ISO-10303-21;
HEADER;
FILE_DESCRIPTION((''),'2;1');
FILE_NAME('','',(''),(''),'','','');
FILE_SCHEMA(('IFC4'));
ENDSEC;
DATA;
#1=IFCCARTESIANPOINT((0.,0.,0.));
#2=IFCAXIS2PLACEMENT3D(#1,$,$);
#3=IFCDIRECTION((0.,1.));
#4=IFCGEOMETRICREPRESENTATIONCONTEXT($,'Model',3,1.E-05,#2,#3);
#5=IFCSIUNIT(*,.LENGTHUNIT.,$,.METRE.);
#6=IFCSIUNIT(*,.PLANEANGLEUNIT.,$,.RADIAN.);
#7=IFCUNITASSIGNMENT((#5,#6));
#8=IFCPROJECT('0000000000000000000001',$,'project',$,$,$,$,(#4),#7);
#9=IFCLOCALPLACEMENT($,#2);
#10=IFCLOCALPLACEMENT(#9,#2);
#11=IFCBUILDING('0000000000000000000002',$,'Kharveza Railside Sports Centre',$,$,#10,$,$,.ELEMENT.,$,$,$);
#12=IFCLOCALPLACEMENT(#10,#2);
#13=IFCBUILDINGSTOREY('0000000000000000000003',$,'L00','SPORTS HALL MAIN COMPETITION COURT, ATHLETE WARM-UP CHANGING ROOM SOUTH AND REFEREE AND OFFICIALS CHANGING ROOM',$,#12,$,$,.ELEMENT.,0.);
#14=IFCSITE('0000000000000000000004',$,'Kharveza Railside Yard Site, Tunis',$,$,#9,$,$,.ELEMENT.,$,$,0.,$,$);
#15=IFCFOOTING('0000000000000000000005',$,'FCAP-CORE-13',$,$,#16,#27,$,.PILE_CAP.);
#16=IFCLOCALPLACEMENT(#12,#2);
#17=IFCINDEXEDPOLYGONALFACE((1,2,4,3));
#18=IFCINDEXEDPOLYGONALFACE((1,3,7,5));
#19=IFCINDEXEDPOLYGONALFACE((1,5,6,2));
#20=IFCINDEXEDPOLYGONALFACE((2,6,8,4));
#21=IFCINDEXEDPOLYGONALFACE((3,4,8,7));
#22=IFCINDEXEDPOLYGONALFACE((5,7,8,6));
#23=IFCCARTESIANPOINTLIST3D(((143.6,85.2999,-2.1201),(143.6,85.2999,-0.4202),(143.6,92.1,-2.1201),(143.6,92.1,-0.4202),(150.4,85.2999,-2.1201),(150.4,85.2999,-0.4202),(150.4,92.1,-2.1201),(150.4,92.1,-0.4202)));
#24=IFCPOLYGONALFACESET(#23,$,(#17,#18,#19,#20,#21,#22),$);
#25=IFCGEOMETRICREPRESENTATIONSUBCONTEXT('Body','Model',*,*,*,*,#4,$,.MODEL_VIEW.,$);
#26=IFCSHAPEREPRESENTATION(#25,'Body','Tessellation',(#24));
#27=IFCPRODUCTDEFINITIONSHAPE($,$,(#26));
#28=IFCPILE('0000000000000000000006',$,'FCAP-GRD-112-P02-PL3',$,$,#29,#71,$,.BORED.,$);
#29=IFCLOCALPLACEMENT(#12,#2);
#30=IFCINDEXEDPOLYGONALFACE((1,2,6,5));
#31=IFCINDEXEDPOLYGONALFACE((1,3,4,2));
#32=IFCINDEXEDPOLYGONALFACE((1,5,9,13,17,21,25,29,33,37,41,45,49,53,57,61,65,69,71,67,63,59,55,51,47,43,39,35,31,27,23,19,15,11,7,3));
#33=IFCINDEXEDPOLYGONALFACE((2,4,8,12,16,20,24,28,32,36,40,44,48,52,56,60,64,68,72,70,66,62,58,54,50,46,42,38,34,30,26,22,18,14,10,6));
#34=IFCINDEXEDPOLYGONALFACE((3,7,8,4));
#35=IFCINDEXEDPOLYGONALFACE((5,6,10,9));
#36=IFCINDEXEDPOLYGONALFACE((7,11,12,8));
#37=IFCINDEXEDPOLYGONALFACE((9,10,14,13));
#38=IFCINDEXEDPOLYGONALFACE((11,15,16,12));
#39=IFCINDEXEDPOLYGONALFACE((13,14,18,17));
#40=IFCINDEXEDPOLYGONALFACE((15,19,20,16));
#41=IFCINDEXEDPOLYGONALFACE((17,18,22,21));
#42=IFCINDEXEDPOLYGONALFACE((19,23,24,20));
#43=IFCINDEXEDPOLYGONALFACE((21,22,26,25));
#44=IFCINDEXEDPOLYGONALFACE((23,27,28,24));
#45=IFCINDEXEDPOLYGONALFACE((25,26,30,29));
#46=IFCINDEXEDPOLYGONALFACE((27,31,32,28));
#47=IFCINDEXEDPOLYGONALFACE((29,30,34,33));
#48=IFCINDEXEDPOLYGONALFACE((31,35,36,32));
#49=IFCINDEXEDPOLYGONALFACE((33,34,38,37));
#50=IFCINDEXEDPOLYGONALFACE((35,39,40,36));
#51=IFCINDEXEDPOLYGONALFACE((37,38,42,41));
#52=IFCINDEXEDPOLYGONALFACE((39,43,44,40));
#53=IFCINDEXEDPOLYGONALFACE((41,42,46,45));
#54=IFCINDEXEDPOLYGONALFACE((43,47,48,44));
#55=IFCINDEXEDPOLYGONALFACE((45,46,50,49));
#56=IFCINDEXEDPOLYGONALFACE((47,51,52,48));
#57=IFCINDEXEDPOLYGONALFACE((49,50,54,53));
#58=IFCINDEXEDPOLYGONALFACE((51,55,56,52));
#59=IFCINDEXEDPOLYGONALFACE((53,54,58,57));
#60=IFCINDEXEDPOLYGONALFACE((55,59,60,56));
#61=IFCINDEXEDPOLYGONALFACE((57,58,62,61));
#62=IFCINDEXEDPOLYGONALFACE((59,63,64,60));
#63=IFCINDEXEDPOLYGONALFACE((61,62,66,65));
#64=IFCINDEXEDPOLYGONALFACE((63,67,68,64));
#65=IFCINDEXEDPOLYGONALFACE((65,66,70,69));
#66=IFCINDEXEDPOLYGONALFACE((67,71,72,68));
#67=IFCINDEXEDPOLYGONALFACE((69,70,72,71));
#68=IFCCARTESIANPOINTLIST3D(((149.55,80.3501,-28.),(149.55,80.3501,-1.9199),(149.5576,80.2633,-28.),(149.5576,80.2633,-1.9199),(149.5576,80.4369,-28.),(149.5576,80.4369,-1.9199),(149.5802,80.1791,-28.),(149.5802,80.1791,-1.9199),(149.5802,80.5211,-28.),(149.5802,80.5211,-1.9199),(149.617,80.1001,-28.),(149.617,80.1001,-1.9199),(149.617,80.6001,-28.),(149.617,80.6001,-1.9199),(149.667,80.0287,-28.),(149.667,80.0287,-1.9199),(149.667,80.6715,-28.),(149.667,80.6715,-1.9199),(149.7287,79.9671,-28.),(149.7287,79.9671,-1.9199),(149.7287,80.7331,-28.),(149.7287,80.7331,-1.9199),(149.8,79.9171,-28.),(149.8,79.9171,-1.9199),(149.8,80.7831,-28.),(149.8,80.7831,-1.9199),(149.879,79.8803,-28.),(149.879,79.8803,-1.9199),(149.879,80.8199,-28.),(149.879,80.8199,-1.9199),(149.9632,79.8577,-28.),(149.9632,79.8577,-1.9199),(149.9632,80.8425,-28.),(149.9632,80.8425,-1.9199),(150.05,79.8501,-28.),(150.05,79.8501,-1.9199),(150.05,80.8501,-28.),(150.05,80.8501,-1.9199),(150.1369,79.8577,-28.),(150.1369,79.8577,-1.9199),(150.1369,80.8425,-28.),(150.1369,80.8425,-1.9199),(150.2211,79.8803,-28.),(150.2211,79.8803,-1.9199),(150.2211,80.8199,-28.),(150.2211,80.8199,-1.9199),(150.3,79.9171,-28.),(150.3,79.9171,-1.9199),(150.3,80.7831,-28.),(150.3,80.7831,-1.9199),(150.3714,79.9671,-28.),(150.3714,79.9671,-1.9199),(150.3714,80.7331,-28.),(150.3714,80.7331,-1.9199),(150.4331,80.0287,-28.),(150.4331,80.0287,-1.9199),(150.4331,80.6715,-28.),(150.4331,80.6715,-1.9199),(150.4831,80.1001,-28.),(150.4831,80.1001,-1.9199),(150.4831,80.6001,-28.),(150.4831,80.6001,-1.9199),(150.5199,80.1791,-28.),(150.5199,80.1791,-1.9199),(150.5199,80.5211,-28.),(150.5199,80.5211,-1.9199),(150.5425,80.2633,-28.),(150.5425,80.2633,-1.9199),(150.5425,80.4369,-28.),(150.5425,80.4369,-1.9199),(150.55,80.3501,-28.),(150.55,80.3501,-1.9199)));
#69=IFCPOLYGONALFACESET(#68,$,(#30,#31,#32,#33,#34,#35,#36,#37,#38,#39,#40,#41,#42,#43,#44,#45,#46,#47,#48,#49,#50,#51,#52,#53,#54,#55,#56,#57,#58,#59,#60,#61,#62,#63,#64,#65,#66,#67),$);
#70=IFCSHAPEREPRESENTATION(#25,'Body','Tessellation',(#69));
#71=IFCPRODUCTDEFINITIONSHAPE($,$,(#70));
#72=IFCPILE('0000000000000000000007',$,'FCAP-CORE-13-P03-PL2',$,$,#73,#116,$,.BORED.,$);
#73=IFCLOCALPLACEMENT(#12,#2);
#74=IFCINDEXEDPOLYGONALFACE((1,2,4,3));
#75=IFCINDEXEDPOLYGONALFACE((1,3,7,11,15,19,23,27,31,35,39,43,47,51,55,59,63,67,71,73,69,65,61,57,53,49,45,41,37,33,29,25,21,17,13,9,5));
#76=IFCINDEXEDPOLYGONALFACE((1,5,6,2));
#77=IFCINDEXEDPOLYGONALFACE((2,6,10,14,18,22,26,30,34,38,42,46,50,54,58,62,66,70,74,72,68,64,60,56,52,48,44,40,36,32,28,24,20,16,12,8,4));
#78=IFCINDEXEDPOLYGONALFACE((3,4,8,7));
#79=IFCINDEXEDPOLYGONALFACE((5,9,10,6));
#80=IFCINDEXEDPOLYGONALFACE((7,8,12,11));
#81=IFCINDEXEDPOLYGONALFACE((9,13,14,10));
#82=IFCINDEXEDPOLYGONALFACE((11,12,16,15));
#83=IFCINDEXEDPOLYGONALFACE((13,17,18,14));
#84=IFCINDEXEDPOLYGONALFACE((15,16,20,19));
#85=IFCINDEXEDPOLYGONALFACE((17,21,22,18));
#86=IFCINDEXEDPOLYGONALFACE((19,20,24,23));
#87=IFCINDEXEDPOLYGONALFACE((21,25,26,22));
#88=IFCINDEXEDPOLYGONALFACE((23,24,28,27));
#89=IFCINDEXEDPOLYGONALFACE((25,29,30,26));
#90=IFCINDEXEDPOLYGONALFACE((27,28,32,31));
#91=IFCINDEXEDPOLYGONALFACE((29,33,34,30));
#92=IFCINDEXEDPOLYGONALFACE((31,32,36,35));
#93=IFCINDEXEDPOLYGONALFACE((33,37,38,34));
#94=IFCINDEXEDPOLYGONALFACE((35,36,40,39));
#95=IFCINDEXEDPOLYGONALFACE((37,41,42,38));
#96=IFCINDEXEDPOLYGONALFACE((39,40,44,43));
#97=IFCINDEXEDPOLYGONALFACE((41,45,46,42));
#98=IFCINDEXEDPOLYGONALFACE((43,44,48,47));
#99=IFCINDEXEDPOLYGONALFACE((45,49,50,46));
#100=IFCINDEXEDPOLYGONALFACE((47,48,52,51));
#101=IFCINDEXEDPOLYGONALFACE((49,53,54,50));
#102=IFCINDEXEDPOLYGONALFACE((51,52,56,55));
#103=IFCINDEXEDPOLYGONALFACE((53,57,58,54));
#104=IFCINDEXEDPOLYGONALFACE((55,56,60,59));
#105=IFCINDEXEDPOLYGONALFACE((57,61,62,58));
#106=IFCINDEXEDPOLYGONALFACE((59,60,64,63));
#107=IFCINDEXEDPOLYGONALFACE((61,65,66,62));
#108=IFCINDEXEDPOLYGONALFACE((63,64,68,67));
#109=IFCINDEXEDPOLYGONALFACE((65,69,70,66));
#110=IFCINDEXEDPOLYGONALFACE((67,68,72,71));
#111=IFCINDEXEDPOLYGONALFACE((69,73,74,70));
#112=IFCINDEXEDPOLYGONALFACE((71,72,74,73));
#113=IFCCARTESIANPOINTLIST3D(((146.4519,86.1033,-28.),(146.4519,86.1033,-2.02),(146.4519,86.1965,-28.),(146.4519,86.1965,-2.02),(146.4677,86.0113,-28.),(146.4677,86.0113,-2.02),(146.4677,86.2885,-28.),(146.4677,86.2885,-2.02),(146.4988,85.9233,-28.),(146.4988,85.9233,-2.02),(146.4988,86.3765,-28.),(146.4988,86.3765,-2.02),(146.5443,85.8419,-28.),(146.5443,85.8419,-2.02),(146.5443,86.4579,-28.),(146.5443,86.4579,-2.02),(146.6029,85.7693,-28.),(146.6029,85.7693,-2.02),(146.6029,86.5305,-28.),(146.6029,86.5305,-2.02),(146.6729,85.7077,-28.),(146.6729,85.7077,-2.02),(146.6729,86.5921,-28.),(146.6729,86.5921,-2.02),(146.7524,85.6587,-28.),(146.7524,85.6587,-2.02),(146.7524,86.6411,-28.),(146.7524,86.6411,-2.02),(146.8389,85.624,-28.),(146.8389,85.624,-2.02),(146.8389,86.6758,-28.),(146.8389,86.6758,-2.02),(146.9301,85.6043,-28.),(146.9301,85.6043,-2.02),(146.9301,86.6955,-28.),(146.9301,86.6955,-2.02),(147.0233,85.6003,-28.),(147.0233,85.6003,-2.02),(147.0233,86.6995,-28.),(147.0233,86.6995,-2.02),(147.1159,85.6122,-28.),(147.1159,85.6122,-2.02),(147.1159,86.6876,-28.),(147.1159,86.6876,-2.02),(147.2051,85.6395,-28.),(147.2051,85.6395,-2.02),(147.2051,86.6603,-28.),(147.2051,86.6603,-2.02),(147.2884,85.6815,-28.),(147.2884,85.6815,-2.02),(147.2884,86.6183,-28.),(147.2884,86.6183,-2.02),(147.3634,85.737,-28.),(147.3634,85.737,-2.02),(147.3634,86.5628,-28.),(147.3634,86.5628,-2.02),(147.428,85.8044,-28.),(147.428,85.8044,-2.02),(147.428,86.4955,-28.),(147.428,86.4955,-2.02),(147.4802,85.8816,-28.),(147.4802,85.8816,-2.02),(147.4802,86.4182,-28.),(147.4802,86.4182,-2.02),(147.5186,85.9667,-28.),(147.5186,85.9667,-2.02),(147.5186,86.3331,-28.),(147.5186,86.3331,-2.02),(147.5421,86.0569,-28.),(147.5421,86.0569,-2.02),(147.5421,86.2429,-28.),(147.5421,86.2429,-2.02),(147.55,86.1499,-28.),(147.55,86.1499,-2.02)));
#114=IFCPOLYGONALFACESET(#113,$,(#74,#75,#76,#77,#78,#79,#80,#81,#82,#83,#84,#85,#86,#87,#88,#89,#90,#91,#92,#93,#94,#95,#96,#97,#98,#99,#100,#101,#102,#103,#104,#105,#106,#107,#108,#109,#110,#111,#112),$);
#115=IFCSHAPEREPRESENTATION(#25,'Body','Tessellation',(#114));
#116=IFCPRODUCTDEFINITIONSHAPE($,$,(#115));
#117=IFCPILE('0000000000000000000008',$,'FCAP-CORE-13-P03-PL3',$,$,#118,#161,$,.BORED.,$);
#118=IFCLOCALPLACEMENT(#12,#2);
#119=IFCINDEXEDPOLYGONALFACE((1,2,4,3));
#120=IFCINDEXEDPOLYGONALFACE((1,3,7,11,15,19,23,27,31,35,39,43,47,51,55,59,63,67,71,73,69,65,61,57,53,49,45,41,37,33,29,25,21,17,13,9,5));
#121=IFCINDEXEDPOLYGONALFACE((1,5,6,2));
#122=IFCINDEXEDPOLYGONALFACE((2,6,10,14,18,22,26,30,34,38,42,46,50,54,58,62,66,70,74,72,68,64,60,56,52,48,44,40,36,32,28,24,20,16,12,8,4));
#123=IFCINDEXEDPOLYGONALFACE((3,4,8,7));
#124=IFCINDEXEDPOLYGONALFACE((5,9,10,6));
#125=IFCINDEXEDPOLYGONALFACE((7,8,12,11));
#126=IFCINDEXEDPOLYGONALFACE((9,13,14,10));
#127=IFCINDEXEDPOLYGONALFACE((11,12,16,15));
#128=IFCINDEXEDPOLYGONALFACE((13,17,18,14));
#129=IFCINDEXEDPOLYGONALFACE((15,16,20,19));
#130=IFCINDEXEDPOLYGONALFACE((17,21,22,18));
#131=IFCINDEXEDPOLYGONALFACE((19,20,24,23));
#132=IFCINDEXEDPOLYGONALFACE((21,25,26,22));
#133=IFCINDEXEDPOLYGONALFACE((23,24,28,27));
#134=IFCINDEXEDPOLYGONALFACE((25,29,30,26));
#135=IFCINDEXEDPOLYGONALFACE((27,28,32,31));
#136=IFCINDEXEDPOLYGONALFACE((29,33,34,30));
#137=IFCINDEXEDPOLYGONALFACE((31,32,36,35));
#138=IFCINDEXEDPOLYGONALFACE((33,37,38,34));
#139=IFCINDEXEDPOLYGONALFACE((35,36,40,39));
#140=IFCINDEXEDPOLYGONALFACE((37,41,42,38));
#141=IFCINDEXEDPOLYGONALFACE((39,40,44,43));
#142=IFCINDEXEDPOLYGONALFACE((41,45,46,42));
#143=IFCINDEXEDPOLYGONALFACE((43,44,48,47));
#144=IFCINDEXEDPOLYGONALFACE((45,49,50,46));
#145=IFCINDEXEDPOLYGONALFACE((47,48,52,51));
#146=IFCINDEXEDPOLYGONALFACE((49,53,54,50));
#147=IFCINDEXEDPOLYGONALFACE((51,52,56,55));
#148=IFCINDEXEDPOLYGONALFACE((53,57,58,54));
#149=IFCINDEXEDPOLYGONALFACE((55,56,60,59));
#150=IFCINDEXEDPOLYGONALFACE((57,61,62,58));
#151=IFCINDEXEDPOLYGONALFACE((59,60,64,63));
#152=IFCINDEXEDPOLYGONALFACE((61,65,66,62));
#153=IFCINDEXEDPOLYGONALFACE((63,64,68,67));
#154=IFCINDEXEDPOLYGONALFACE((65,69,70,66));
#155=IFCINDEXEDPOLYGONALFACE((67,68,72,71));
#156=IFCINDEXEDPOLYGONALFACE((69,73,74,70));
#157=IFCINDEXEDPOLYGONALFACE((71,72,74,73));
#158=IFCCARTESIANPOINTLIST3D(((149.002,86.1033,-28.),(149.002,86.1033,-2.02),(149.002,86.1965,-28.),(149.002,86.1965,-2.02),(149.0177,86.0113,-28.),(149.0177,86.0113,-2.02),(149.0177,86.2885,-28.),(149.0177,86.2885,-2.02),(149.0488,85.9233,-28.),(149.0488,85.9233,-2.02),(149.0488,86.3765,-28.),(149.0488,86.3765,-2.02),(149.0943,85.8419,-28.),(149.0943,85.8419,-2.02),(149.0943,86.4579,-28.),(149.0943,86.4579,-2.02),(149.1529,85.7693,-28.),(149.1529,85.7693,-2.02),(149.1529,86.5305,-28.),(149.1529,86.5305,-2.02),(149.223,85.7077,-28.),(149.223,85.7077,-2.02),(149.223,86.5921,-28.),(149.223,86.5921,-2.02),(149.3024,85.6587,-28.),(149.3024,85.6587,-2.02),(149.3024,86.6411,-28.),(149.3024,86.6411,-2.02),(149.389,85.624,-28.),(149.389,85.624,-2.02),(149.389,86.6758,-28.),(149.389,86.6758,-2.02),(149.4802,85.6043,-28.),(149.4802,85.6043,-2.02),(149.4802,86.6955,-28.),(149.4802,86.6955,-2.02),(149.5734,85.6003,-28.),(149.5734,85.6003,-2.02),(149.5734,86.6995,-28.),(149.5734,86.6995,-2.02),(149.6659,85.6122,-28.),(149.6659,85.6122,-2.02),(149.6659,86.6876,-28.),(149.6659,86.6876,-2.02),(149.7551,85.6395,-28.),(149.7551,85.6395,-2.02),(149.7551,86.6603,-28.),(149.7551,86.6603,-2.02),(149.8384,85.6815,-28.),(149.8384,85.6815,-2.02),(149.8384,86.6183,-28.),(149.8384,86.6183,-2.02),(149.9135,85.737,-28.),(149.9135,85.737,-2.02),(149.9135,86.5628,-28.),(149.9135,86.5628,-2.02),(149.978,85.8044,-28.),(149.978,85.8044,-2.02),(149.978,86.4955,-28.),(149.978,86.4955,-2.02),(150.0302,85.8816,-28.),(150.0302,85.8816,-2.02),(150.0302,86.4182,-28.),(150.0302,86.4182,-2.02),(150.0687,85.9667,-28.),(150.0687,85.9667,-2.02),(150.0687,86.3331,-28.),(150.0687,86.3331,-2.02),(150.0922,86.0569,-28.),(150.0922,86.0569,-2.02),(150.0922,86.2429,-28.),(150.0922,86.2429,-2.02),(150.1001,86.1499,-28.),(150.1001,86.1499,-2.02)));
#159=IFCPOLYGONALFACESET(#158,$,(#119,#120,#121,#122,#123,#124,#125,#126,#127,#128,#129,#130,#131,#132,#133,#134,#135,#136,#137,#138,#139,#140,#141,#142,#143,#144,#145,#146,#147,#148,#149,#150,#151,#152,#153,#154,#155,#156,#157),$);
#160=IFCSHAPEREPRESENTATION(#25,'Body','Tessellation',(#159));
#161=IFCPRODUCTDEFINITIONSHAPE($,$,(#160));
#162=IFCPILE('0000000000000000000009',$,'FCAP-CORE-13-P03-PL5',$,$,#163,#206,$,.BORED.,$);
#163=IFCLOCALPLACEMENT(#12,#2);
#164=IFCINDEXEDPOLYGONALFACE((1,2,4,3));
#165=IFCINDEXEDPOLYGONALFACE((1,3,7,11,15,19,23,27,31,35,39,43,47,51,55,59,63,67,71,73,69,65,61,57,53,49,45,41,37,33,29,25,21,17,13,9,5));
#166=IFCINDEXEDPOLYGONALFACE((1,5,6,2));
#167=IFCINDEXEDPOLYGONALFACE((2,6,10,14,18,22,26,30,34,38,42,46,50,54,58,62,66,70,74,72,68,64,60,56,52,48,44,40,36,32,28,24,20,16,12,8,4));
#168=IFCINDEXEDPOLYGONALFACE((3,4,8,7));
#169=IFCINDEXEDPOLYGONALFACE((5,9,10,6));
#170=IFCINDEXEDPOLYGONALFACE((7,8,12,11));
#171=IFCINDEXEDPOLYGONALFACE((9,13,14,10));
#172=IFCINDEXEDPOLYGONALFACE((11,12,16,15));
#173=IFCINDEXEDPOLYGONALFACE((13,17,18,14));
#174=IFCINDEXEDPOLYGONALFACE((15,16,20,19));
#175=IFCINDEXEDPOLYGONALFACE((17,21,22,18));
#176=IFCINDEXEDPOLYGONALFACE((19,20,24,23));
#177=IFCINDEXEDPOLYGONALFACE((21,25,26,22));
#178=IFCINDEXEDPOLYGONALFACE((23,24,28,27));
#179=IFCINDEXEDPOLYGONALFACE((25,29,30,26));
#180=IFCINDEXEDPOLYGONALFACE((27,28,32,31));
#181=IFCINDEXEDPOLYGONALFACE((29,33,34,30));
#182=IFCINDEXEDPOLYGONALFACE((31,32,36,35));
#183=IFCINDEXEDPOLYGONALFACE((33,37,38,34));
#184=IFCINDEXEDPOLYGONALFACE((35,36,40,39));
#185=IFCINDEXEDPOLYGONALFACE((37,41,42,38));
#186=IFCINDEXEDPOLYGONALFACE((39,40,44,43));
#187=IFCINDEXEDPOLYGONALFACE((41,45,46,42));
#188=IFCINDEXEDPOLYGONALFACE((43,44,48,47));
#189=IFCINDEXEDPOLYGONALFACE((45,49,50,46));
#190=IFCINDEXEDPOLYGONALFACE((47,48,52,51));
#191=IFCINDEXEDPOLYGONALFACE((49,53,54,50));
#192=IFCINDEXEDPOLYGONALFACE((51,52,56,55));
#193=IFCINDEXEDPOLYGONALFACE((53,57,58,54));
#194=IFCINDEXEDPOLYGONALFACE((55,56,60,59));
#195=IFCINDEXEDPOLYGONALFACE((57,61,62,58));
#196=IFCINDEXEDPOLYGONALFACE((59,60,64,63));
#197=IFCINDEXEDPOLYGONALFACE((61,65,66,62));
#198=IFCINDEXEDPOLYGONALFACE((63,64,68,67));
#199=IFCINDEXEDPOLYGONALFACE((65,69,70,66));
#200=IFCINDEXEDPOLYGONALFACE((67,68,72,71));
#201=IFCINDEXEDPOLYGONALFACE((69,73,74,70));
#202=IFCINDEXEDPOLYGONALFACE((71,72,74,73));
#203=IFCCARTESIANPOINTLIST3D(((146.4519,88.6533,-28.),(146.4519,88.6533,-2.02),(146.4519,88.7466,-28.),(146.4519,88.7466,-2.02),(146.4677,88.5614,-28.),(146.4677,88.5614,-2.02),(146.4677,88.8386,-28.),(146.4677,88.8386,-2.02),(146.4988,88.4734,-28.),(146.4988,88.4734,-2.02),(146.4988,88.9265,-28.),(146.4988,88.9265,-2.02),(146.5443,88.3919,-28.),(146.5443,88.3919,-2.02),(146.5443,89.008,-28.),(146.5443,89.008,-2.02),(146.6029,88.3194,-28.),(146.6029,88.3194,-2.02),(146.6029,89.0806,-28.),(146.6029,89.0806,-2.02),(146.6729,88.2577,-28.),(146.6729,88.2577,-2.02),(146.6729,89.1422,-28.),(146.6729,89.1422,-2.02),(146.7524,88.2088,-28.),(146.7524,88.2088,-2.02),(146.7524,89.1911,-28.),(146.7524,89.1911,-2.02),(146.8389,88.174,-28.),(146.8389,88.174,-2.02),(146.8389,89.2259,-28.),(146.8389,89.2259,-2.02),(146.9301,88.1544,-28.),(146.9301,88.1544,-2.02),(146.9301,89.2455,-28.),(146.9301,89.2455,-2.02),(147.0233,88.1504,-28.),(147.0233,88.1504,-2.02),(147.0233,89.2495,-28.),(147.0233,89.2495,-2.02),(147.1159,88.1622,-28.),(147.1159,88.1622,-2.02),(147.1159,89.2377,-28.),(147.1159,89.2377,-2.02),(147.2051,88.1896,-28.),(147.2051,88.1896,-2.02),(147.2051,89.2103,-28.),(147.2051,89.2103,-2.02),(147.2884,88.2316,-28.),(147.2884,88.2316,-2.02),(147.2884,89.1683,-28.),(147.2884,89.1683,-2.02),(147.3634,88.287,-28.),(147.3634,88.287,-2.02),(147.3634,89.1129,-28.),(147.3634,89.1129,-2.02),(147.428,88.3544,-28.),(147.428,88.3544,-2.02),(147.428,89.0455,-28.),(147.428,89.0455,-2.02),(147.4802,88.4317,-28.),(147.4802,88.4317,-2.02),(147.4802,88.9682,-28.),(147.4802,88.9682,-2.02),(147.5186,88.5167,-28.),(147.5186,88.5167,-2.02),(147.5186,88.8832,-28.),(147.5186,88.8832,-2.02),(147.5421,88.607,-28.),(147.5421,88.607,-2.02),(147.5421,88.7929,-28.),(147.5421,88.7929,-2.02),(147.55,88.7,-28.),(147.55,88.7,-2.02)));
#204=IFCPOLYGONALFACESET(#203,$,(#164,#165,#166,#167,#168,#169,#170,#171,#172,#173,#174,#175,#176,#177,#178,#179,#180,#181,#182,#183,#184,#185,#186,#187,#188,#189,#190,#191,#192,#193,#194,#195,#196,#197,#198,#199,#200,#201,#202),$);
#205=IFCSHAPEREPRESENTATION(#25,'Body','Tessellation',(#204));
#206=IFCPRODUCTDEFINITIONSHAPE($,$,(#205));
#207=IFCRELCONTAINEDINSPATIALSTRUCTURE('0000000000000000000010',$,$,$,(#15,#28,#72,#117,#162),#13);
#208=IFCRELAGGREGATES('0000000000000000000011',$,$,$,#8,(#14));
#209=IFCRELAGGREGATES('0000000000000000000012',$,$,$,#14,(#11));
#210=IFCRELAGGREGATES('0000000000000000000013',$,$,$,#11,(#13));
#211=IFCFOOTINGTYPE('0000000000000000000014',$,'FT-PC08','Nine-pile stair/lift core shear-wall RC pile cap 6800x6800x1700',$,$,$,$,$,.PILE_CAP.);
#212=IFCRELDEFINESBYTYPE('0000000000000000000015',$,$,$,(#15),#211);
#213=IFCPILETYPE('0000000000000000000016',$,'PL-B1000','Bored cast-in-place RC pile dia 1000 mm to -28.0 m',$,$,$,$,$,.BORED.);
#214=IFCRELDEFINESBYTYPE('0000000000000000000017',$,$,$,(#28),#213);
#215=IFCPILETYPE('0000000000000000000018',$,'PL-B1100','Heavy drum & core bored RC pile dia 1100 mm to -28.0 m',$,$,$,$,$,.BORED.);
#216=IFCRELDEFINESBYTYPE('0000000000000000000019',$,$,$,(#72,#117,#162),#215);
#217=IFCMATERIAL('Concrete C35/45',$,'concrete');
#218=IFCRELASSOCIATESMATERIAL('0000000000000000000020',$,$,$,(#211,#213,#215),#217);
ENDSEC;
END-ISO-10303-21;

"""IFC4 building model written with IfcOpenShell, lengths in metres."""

from ifc_helpers import new_model, si_unit, direction, frame, origin, origin_2d, place, context, subcontext, project, spatial, rectangle, circle, extrude, material, material_profile, profile_set, type_object, element, save


model = new_model("IFC4")

# Units and contexts
model_context = context("Model", 3, precision=1e-05, world=origin(), true_north=direction((0.0, 1.0)))
body_context = subcontext(model_context, "Body", "Model", "MODEL_VIEW")
ifc_project = project(units=[si_unit("LENGTHUNIT", "METRE"), si_unit("PLANEANGLEUNIT", "RADIAN")], contexts=[model_context])

# Site, building, storey
site_placement = place(None, origin())
site = spatial("IfcSite", under=ifc_project, at=site_placement, Name="Kharveza Railside Yard Site, Tunis", CompositionType="ELEMENT", RefElevation=0.0)
building_placement = place(site_placement, origin())
building = spatial("IfcBuilding", under=site, at=building_placement, Name="Kharveza Railside Sports Centre", CompositionType="ELEMENT")
storey_placement = place(building_placement, origin())
storey = spatial("IfcBuildingStorey", under=building, at=storey_placement, Name="L00", Description="SPORTS HALL MAIN COMPETITION COURT, ATHLETE WARM-UP CHANGING ROOM SOUTH AND REFEREE AND OFFICIALS CHANGING ROOM", CompositionType="ELEMENT", Elevation=0.0)

# Footing
ifc_material_1 = material(Name="Concrete C35/45", Category="concrete")
footing_type = type_object("IfcFootingType", Name="FT-PC08", Description="Nine-pile stair/lift core shear-wall RC pile cap 6800x6800x1700", PredefinedType="PILE_CAP", material=ifc_material_1)
footing_placement = place(storey_placement, frame((147.0, 88.7, -2.1201), z_axis=(0.0, 0.0, 1.0), x_axis=(1.0, 0.0, 0.0)))
element("IfcFooting", 1, at=footing_placement, inside=storey, type_object=footing_type, Name="FCAP-CORE-13", PredefinedType="PILE_CAP", context=body_context, shape_type="SweptSolid", body=[
    extrude(rectangle(XDim=6.8, YDim=6.8, at=origin_2d()), origin(), (0.0, 0.0, 1.0), 1.7),
])

# Piles
ifc_material_profile_1 = material_profile(ifc_material_1, circle(Radius=0.5, at=origin_2d()), Name="PILE D1000")
ifc_profile_set_1 = profile_set([ifc_material_profile_1], Name="Concrete C35/45")
pile_type_1 = type_object("IfcPileType", Name="PL-B1000", Description="Bored cast-in-place RC pile dia 1000 mm to -28.0 m", PredefinedType="BORED", material=ifc_profile_set_1)
pile_placement = place(storey_placement, frame((150.05, 80.3501, -1.9199), z_axis=(0.0, 0.0, -1.0), x_axis=(1.0, 0.0, 0.0)))
element("IfcPile", 2, at=pile_placement, inside=storey, type_object=pile_type_1, Name="FCAP-GRD-112-P02-PL3", PredefinedType="BORED", context=body_context, shape_type="SweptSolid", body=[
    extrude(circle(Radius=0.5, at=origin_2d()), origin(), (0.0, 0.0, 1.0), 26.0801),
])
ifc_material_profile_2 = material_profile(ifc_material_1, circle(Radius=0.55, at=origin_2d()), Name="PILE D1100")
ifc_profile_set_2 = profile_set([ifc_material_profile_2], Name="Concrete C35/45")
pile_type_2 = type_object("IfcPileType", Name="PL-B1100", Description="Heavy drum & core bored RC pile dia 1100 mm to -28.0 m", PredefinedType="BORED", material=ifc_profile_set_2)
for number, where, z_axis, x_axis, name in (
    (3, (147.0, 86.1499, -2.02), (0.0, 0.0, -1.0), (1.0, 0.0, 0.0), "FCAP-CORE-13-P03-PL2"),
    (4, (149.55, 86.1499, -2.02), (0.0, 0.0, -1.0), (1.0, 0.0, 0.0), "FCAP-CORE-13-P03-PL3"),
    (5, (147.0, 88.7, -2.02), (0.0, 0.0, -1.0), (1.0, 0.0, 0.0), "FCAP-CORE-13-P03-PL5"),
):
    element("IfcPile", number, at=place(storey_placement, frame(where, z_axis=z_axis, x_axis=x_axis)), inside=storey, type_object=pile_type_2, Name=name, PredefinedType="BORED", context=body_context, shape_type="SweptSolid", body=[
        extrude(circle(Radius=0.55, at=origin_2d()), origin(), (0.0, 0.0, 1.0), 25.98),
    ])

save(model, "model.ifc")
